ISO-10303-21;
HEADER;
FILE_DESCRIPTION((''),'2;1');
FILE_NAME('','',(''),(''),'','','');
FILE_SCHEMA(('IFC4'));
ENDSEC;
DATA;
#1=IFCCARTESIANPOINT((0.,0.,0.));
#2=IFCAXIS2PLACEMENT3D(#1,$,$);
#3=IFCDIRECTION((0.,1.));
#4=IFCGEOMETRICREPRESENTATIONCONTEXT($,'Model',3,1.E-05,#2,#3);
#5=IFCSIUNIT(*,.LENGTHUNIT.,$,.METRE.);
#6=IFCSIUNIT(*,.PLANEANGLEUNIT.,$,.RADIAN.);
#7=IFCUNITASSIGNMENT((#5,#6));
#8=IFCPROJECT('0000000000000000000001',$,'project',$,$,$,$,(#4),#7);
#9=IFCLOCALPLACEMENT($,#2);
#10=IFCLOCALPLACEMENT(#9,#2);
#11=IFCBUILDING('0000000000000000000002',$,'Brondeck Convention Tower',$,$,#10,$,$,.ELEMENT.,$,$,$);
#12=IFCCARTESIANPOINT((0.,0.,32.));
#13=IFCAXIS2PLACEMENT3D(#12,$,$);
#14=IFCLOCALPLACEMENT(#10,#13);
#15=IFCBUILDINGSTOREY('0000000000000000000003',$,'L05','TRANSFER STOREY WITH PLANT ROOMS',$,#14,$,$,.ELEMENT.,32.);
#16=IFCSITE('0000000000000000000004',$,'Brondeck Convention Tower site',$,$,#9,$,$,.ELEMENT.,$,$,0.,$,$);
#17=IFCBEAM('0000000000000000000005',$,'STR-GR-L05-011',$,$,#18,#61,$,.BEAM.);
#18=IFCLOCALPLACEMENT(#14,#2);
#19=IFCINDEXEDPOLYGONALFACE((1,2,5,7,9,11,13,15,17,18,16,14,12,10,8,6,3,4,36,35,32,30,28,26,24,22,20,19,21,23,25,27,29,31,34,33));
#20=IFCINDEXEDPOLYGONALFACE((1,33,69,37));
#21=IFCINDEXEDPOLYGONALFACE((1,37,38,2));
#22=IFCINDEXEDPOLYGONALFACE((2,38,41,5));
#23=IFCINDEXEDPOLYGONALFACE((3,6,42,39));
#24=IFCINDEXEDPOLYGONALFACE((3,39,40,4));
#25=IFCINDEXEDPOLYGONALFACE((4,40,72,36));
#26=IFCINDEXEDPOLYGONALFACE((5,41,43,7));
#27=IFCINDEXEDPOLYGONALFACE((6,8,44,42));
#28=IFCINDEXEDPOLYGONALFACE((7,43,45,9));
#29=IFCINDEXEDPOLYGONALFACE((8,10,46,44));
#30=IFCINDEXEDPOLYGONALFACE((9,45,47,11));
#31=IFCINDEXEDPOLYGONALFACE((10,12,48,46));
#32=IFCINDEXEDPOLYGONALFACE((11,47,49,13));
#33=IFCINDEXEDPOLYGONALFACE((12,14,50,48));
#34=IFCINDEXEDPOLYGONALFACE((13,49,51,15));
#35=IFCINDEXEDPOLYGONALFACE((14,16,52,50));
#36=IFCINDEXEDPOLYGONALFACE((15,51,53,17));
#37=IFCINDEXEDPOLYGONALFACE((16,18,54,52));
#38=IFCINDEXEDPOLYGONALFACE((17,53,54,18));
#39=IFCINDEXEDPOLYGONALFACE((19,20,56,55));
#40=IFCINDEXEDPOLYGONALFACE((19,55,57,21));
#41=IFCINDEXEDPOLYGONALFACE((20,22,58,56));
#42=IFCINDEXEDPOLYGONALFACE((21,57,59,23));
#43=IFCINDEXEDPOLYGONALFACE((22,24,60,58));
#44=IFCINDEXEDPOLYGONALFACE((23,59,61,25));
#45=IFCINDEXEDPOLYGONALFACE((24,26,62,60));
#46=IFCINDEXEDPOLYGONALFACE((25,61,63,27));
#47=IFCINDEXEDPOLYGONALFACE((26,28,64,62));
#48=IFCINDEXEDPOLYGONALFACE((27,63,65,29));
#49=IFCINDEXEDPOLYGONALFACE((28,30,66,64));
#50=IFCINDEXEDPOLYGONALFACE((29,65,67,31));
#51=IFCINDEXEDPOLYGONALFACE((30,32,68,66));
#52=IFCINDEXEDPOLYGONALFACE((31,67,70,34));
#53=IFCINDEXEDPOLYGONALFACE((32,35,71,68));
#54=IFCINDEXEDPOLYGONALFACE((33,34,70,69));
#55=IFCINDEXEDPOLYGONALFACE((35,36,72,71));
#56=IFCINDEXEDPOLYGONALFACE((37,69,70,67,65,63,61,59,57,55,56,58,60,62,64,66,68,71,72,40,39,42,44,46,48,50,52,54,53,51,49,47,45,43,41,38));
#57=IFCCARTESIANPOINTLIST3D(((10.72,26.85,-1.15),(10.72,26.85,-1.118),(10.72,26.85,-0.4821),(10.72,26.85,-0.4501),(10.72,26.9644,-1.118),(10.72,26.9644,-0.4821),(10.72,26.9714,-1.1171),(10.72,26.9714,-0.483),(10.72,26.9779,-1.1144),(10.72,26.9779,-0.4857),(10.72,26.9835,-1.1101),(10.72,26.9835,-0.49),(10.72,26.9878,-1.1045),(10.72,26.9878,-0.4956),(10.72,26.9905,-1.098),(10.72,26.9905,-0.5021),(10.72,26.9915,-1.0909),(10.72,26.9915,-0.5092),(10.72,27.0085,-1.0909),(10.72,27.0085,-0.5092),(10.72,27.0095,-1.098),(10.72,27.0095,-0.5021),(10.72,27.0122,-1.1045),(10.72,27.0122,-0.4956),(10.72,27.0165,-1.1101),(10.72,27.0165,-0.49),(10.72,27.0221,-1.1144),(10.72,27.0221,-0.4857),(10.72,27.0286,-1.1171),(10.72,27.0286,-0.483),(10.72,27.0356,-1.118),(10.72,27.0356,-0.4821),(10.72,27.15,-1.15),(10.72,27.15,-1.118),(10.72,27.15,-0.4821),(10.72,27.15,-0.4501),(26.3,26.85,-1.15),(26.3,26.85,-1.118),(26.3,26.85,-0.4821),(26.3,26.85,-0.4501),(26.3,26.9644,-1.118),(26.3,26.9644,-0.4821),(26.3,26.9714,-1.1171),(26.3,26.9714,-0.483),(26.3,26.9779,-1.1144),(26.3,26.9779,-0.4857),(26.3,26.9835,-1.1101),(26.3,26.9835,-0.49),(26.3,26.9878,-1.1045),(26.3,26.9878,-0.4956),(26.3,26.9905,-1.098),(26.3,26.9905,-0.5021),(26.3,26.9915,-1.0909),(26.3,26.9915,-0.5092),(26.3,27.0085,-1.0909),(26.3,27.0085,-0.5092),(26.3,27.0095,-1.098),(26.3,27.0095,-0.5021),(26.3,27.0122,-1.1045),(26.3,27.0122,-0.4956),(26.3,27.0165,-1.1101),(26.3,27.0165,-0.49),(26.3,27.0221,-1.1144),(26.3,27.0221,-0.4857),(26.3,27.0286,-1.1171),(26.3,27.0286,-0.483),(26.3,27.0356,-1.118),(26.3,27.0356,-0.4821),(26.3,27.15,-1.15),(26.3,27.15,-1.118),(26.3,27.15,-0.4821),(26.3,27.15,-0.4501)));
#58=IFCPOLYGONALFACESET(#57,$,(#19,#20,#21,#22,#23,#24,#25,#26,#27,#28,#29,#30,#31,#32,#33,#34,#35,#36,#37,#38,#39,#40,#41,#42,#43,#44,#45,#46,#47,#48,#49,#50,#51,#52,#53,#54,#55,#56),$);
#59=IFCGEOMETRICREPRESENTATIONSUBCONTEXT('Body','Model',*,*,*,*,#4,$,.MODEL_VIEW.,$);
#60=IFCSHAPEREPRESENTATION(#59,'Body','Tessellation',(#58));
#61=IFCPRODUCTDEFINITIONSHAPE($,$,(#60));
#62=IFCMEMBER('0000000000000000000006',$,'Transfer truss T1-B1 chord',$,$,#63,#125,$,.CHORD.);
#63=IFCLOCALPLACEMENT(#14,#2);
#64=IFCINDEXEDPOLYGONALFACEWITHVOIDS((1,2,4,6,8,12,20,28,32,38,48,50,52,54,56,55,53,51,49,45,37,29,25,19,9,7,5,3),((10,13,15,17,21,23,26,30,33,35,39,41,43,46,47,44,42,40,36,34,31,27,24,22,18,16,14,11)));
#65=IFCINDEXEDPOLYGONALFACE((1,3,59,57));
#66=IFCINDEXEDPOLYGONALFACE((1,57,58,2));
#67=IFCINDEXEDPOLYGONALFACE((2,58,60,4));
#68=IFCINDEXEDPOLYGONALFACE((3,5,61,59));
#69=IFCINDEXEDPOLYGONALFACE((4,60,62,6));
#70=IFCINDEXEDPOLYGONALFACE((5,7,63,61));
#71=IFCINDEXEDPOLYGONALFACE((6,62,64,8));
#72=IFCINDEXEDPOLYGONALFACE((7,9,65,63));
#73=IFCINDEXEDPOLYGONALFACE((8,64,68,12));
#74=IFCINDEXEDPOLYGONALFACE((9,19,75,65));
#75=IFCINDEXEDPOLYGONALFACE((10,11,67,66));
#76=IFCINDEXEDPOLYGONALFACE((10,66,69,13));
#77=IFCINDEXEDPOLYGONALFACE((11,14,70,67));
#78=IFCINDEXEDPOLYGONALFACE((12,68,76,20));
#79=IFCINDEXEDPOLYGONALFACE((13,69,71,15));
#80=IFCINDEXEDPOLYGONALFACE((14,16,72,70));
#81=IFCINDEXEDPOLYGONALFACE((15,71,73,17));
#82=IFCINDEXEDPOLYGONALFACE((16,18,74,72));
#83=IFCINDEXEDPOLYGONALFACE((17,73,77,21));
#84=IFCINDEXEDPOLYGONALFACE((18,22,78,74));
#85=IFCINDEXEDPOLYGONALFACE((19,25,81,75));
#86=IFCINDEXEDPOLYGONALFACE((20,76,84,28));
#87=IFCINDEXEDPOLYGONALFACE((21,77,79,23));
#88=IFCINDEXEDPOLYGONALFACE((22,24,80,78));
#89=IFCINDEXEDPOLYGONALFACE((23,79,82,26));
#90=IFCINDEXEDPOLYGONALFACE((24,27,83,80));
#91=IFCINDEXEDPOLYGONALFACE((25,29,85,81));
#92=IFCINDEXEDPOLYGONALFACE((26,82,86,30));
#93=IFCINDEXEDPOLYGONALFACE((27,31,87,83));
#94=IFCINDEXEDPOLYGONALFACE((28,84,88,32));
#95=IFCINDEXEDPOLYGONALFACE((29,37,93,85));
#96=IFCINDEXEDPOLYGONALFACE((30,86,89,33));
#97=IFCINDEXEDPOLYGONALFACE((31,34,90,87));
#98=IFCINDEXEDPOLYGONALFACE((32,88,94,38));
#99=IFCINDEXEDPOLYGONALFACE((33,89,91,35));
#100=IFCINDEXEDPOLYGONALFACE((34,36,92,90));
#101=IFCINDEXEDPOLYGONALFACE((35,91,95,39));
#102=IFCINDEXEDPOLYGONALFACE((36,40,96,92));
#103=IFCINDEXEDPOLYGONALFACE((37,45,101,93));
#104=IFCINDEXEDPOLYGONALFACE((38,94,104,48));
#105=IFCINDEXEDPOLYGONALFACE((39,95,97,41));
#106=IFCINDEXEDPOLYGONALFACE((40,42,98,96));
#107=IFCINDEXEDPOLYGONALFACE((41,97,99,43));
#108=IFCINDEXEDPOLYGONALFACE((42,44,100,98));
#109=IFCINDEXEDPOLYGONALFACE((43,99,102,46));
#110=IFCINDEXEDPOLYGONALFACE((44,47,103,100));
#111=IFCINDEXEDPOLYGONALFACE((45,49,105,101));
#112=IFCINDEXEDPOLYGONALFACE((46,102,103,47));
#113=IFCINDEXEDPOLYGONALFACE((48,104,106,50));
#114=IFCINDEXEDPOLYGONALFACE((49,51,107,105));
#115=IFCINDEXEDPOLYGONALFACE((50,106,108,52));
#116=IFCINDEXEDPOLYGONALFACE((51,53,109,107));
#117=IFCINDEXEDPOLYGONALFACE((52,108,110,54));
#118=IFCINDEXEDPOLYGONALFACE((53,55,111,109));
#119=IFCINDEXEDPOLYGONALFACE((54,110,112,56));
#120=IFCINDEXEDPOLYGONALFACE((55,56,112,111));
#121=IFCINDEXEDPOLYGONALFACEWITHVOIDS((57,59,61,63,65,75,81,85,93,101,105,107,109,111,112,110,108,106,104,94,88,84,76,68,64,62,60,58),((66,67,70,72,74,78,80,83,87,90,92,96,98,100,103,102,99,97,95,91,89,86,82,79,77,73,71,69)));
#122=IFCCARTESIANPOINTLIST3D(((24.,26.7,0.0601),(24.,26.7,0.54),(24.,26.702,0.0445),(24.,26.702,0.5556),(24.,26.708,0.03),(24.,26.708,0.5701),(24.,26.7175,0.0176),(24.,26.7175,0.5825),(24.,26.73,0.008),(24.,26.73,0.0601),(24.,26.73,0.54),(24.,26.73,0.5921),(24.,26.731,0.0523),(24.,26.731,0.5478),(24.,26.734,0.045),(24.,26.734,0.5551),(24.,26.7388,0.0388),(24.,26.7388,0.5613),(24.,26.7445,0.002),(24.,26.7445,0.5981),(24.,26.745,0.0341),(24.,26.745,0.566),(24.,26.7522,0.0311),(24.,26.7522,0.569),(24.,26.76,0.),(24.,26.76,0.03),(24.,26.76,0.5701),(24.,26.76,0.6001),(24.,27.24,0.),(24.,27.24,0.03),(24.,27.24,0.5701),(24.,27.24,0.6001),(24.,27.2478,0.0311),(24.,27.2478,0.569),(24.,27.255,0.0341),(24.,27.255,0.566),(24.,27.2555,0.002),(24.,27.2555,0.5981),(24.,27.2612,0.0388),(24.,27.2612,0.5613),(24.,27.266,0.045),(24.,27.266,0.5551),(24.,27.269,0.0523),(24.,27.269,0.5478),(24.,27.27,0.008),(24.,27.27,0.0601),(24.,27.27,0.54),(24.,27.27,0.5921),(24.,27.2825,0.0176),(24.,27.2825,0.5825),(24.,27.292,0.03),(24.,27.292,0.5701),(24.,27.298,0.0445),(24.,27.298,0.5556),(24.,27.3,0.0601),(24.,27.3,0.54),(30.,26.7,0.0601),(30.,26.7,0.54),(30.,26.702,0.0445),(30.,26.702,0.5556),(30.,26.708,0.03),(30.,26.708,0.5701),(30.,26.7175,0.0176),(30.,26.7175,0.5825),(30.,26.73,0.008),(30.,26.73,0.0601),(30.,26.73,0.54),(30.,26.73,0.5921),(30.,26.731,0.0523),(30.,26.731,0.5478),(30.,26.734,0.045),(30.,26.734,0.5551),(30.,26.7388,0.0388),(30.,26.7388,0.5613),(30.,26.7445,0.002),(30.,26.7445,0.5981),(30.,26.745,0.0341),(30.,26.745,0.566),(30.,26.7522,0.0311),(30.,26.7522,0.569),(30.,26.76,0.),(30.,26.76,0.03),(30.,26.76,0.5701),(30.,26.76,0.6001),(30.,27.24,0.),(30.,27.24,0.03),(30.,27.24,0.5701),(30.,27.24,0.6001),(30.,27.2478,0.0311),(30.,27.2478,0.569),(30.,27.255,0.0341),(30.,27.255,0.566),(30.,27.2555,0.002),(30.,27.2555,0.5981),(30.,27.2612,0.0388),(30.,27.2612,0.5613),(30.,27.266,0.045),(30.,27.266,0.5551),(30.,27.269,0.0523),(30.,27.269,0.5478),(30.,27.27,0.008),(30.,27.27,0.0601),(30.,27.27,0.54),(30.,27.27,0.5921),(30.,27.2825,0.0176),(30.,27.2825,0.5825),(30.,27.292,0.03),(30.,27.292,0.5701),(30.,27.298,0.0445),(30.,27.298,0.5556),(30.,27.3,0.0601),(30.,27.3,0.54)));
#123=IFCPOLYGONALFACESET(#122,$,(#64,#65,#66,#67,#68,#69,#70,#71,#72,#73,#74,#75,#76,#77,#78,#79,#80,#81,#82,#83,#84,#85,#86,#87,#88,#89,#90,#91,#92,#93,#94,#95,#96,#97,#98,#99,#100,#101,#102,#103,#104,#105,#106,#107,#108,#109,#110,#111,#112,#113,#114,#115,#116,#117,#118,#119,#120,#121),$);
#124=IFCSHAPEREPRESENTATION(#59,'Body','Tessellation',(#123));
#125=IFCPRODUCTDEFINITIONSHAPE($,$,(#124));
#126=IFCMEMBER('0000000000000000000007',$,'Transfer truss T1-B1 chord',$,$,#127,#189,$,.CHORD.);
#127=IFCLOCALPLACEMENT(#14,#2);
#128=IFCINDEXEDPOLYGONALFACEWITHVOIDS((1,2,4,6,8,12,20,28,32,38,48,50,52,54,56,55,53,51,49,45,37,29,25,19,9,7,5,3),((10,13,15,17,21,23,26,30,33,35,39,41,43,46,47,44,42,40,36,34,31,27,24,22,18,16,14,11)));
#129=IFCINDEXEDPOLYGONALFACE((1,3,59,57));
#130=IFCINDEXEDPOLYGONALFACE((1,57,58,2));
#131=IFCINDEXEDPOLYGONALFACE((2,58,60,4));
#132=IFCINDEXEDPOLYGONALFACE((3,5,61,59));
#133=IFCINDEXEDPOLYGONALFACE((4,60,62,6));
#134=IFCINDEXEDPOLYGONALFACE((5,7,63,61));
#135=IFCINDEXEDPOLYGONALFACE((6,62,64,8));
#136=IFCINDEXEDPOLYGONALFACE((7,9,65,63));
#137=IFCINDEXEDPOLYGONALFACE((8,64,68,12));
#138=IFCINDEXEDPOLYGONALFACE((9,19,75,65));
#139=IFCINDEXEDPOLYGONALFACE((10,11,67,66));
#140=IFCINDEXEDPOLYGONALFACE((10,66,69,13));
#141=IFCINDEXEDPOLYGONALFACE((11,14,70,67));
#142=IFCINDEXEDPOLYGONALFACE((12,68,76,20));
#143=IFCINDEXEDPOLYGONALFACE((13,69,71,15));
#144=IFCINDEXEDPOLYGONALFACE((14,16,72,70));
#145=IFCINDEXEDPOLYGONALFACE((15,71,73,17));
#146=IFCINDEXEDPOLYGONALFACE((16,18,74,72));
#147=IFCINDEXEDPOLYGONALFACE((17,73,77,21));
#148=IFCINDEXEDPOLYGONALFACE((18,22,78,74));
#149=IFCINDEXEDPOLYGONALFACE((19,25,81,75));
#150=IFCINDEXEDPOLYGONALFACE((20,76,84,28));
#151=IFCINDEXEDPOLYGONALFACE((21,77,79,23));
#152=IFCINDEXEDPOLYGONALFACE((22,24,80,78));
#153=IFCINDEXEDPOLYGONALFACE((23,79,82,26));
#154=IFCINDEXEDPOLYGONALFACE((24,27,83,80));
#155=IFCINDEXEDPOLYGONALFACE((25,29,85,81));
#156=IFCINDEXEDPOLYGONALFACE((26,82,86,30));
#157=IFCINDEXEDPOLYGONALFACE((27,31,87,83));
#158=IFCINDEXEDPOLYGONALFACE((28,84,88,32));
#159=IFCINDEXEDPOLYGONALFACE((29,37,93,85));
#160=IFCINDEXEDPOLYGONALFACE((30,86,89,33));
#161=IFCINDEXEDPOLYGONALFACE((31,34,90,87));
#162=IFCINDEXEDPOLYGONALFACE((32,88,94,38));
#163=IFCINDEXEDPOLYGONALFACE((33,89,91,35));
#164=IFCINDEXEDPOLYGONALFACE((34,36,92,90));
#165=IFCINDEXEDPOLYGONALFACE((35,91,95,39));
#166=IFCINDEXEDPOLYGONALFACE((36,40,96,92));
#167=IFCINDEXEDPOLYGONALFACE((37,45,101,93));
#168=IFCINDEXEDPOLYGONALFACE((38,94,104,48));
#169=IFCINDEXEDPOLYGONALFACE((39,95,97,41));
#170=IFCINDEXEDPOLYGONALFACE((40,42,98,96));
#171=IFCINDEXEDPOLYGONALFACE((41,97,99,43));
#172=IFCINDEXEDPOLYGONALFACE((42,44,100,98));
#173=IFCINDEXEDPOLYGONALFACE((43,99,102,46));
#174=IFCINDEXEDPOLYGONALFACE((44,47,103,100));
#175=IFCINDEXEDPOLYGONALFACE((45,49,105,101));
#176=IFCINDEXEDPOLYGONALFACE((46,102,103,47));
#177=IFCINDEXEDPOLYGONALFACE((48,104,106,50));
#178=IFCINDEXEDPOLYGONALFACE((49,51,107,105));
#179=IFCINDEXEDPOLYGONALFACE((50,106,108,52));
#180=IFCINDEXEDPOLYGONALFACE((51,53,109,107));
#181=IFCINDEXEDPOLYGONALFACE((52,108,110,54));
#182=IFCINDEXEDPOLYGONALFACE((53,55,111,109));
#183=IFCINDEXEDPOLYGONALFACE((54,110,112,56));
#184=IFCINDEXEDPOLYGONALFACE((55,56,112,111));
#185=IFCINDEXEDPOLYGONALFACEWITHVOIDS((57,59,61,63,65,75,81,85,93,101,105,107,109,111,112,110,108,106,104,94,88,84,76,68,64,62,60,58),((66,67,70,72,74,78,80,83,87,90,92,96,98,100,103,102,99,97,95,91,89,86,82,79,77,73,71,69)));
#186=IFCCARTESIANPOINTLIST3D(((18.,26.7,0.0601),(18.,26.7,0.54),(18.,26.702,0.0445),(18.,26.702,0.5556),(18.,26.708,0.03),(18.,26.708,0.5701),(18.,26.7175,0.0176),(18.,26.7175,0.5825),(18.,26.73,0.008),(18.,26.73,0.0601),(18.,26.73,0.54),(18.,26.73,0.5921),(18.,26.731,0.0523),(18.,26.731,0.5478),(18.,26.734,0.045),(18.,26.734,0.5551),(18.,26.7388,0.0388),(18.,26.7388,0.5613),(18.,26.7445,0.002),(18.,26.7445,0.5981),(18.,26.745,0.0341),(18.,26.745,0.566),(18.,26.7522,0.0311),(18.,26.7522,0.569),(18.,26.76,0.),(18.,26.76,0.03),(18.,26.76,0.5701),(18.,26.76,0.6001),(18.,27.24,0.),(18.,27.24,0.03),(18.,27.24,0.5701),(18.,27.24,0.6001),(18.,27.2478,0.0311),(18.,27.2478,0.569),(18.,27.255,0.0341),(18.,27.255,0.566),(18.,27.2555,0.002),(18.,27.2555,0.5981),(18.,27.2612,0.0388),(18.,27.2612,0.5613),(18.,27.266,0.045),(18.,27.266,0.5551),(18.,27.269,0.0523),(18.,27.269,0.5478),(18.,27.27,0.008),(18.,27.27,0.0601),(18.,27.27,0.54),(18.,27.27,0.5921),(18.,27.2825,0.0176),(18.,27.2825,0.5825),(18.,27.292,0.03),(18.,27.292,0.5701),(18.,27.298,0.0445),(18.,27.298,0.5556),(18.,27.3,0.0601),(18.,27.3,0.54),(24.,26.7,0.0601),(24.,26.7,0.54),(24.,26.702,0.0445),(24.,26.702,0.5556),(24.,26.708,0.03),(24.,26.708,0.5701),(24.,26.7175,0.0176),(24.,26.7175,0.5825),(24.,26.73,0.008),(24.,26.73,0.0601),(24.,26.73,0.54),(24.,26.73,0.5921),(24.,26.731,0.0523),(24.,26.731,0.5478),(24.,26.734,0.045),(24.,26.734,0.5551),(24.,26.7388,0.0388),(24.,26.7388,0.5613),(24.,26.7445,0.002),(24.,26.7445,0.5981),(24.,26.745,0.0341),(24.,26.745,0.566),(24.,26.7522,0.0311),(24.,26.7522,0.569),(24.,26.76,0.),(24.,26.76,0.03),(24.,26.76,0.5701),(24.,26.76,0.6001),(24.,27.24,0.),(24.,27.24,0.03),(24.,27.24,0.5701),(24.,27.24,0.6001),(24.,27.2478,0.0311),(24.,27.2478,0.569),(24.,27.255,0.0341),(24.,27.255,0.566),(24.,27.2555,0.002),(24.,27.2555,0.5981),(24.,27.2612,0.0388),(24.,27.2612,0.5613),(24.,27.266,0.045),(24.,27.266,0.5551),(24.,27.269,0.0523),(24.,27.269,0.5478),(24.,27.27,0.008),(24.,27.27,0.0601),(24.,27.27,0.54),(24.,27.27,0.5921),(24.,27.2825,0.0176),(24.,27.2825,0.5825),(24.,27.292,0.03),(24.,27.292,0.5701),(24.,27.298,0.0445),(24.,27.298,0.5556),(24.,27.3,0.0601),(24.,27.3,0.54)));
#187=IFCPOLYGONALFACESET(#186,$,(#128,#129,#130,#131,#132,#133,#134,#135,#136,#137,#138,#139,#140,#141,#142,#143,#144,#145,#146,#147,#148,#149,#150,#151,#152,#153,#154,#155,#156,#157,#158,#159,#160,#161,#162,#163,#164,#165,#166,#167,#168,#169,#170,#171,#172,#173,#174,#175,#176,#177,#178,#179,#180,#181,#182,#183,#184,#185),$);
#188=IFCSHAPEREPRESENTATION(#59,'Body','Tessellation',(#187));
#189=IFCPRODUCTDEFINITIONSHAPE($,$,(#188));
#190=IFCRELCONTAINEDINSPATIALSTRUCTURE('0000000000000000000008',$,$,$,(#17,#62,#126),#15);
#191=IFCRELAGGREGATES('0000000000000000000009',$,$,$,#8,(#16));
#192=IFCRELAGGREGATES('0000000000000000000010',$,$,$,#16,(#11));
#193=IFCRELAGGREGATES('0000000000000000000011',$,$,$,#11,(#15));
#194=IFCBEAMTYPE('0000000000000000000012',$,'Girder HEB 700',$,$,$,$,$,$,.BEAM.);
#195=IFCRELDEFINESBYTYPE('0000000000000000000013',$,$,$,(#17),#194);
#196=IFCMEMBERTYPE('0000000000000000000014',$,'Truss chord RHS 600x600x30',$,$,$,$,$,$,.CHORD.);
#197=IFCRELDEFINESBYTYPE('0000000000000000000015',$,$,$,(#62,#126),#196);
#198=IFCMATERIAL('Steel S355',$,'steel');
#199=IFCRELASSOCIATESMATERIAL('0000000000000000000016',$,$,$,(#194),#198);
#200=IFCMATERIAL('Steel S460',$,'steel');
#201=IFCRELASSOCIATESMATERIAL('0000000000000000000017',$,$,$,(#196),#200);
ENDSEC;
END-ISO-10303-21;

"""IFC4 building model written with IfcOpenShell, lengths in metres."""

from ifc_helpers import new_model, si_unit, direction, frame, origin, origin_2d, place, context, subcontext, project, spatial, hollow_rectangle, i_section, extrude, material, material_profile, profile_set, type_object, element, save


model = new_model("IFC4")

# Units and contexts
model_context = context("Model", 3, precision=1e-05, world=origin(), true_north=direction((0.0, 1.0)))
body_context = subcontext(model_context, "Body", "Model", "MODEL_VIEW")
ifc_project = project(units=[si_unit("LENGTHUNIT", "METRE"), si_unit("PLANEANGLEUNIT", "RADIAN")], contexts=[model_context])

# Site, building, storey
site_placement = place(None, origin())
site = spatial("IfcSite", under=ifc_project, at=site_placement, Name="Brondeck Convention Tower site", CompositionType="ELEMENT", RefElevation=0.0)
building_placement = place(site_placement, origin())
building = spatial("IfcBuilding", under=site, at=building_placement, Name="Brondeck Convention Tower", CompositionType="ELEMENT")
storey_placement = place(building_placement, frame((0.0, 0.0, 32.0)))
storey = spatial("IfcBuildingStorey", under=building, at=storey_placement, Name="L05", Description="TRANSFER STOREY WITH PLANT ROOMS", CompositionType="ELEMENT", Elevation=32.0)

# Shared definitions
ifc_material_1 = material(Name="Steel S460", Category="steel")

# Beam
ifc_material_2 = material(Name="Steel S355", Category="steel")
ifc_material_profile_1 = material_profile(ifc_material_2, i_section(OverallWidth=0.3, OverallDepth=0.7, WebThickness=0.0171, FlangeThickness=0.032, FilletRadius=0.0271, at=origin_2d()), Name="HEB 700")
ifc_profile_set_1 = profile_set([ifc_material_profile_1], Name="Steel S355")
beam_type_1 = type_object("IfcBeamType", Name="Girder HEB 700", PredefinedType="BEAM", material=ifc_profile_set_1)
beam_1_placement = place(storey_placement, frame((10.72, 27.0, -0.8), z_axis=(1.0, 0.0, 0.0), x_axis=(0.0, 1.0, 0.0)))
element("IfcBeam", 1, at=beam_1_placement, inside=storey, type_object=beam_type_1, Name="STR-GR-L05-011", PredefinedType="BEAM", context=body_context, shape_type="SweptSolid", body=[
    extrude(i_section(OverallWidth=0.3, OverallDepth=0.7, WebThickness=0.0171, FlangeThickness=0.032, FilletRadius=0.0271, at=origin_2d()), origin(), (0.0, 0.0, 1.0), 15.5801),
])

# Members
ifc_material_profile_2 = material_profile(ifc_material_1, hollow_rectangle(XDim=0.6001, YDim=0.6001, WallThickness=0.03, InnerFilletRadius=0.03, OuterFilletRadius=0.0601, at=origin_2d()), Name="RHS 600x600x30")
ifc_profile_set_2 = profile_set([ifc_material_profile_2], Name="Steel S460")
member_type_1 = type_object("IfcMemberType", Name="Truss chord RHS 600x600x30", PredefinedType="CHORD", material=ifc_profile_set_2)
for number, where, z_axis, x_axis, name in (
    (2, (30.0, 27.0, 0.3), (-1.0, 0.0, 0.0), (0.0, -1.0, 0.0), "Transfer truss T1-B1 chord"),
    (3, (24.0, 27.0, 0.3), (-1.0, 0.0, 0.0), (0.0, -1.0, 0.0), "Transfer truss T1-B1 chord"),
):
    element("IfcMember", number, at=place(storey_placement, frame(where, z_axis=z_axis, x_axis=x_axis)), inside=storey, type_object=member_type_1, Name=name, PredefinedType="CHORD", context=body_context, shape_type="SweptSolid", body=[
        extrude(hollow_rectangle(XDim=0.6001, YDim=0.6001, WallThickness=0.03, InnerFilletRadius=0.03, OuterFilletRadius=0.0601, at=origin_2d()), origin(), (0.0, 0.0, 1.0), 6.0),
    ])

save(model, "model.ifc")
